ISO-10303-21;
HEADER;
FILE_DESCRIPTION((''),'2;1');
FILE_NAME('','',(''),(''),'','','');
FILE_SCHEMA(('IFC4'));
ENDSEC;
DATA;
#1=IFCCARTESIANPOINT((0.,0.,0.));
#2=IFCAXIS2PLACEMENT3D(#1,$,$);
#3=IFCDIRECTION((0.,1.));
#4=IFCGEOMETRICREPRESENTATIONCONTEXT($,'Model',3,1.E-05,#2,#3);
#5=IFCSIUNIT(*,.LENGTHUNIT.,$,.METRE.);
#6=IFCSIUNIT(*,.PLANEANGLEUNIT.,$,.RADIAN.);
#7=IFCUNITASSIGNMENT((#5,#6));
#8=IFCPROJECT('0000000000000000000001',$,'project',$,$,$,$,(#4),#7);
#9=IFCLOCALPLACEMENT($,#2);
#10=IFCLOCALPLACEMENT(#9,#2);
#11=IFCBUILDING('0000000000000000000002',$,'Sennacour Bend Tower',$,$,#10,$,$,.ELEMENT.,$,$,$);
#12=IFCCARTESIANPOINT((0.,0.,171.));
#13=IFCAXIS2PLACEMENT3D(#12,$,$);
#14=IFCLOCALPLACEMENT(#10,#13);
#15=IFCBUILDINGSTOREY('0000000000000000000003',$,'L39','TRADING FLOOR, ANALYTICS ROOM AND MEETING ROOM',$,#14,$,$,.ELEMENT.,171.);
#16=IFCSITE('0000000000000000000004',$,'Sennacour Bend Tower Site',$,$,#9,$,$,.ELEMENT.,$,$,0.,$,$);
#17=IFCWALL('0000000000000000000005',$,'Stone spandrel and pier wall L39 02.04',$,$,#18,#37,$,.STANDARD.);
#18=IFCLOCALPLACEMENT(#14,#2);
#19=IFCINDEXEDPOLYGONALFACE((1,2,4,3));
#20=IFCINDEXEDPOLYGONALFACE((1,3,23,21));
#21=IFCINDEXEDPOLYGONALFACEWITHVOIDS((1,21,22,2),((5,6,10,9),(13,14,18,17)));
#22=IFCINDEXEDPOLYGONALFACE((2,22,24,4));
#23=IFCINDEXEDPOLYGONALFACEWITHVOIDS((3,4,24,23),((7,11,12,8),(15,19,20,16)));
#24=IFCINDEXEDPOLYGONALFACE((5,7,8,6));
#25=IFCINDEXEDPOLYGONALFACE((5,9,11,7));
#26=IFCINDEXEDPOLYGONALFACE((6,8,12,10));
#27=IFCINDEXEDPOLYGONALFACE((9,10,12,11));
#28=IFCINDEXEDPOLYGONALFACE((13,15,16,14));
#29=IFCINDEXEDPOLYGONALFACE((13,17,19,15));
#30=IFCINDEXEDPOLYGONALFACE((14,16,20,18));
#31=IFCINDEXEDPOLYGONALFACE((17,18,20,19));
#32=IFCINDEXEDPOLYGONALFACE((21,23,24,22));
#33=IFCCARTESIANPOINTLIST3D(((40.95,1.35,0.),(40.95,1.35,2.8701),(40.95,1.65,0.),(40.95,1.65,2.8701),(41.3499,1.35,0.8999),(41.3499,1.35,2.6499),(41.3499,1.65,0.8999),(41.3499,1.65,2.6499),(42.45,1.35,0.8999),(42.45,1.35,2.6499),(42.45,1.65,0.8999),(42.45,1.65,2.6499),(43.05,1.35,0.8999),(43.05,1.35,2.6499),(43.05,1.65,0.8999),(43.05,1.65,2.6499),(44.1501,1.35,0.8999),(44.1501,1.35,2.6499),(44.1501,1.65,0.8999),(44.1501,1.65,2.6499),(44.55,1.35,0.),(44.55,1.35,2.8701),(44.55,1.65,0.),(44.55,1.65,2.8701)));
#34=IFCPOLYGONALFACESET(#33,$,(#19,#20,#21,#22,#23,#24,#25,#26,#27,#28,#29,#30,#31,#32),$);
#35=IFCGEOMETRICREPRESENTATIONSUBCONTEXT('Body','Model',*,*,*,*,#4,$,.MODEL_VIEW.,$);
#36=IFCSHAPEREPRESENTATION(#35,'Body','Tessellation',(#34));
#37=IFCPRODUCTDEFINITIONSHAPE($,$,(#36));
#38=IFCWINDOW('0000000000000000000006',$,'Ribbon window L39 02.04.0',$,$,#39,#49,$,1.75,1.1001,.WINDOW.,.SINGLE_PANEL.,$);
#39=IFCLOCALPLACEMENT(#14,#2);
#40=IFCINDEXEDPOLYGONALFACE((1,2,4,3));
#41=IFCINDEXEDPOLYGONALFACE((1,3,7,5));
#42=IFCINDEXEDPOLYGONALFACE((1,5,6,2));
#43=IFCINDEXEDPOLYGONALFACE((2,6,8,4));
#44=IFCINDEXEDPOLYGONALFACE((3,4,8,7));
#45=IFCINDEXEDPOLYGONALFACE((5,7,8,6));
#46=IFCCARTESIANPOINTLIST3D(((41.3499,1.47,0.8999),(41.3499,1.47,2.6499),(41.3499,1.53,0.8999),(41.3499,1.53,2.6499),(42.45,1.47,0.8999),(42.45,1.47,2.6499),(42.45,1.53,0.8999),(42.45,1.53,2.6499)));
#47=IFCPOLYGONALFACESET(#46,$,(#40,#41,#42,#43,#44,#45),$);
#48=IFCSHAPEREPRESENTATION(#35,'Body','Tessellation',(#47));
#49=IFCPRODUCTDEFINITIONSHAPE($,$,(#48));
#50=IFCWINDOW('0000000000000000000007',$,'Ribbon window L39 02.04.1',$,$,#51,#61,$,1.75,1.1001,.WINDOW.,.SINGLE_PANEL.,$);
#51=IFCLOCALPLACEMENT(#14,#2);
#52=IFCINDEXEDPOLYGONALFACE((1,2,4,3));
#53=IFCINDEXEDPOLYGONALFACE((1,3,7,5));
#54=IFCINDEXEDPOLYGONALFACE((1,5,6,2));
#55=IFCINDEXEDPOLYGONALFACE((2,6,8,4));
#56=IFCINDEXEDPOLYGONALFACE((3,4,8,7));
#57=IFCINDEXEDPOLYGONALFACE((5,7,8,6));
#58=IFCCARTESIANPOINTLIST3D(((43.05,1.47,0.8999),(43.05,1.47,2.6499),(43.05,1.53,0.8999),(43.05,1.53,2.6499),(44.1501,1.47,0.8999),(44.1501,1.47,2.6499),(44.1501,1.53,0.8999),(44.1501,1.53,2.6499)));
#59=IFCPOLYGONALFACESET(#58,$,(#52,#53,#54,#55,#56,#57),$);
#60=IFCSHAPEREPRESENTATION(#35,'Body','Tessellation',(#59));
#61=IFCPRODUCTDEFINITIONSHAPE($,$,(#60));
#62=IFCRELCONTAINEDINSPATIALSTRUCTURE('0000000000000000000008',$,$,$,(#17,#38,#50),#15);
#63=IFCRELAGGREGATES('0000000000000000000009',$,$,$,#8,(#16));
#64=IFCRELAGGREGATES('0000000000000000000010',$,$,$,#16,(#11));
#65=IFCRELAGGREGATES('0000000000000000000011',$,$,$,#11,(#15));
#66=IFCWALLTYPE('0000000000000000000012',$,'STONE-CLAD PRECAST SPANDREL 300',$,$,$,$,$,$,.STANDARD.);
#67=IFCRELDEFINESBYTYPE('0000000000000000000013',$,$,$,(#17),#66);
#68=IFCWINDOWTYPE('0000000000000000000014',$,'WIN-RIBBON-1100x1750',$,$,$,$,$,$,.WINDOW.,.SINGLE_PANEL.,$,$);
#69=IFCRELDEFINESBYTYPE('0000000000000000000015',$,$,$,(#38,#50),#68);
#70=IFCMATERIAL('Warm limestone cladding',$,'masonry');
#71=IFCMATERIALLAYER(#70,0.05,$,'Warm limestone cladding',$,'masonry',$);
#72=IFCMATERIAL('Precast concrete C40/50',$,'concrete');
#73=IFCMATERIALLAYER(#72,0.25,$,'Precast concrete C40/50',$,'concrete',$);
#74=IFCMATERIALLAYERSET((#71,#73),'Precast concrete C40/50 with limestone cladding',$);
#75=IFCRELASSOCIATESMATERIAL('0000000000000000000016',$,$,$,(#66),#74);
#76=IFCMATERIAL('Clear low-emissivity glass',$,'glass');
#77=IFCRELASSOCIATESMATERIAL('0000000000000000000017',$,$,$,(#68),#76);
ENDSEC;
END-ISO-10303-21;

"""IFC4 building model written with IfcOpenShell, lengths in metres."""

from ifc_helpers import new_model, si_unit, direction, frame, frame_2d, origin, place, context, subcontext, project, spatial, rectangle, extrude, material, layer, layer_set, type_object, element, fill, save


model = new_model("IFC4")

# Units and contexts
model_context = context("Model", 3, precision=1e-05, world=origin(), true_north=direction((0.0, 1.0)))
body_context = subcontext(model_context, "Body", "Model", "MODEL_VIEW")
ifc_project = project(units=[si_unit("LENGTHUNIT", "METRE"), si_unit("PLANEANGLEUNIT", "RADIAN")], contexts=[model_context])

# Site, building, storey
site_placement = place(None, origin())
site = spatial("IfcSite", under=ifc_project, at=site_placement, Name="Sennacour Bend Tower Site", CompositionType="ELEMENT", RefElevation=0.0)
building_placement = place(site_placement, origin())
building = spatial("IfcBuilding", under=site, at=building_placement, Name="Sennacour Bend Tower", CompositionType="ELEMENT")
storey_placement = place(building_placement, frame((0.0, 0.0, 171.0)))
storey = spatial("IfcBuildingStorey", under=building, at=storey_placement, Name="L39", Description="TRADING FLOOR, ANALYTICS ROOM AND MEETING ROOM", CompositionType="ELEMENT", Elevation=171.0)

# Wall, openings, windows
ifc_material_1 = material(Name="Warm limestone cladding", Category="masonry")
ifc_layer_1 = layer(ifc_material_1, 0.05, Name="Warm limestone cladding", Category="masonry")
ifc_material_2 = material(Name="Precast concrete C40/50", Category="concrete")
ifc_layer_2 = layer(ifc_material_2, 0.25, Name="Precast concrete C40/50", Category="concrete")
ifc_layer_set_1 = layer_set([ifc_layer_1, ifc_layer_2], Name="Precast concrete C40/50 with limestone cladding")
wall_type_1 = type_object("IfcWallType", Name="STONE-CLAD PRECAST SPANDREL 300", PredefinedType="STANDARD", material=ifc_layer_set_1)
ifc_material_3 = material(Name="Clear low-emissivity glass", Category="glass")
window_type = type_object("IfcWindowType", Name="WIN-RIBBON-1100x1750", PartitioningType="SINGLE_PANEL", PredefinedType="WINDOW", material=ifc_material_3)
wall_1_placement = place(storey_placement, frame((40.95, 1.5, 0.0), z_axis=(0.0, 0.0, 1.0), x_axis=(1.0, 0.0, 0.0)))
wall_1 = element("IfcWall", 1, at=wall_1_placement, inside=storey, type_object=wall_type_1, Name="Stone spandrel and pier wall L39 02.04", PredefinedType="STANDARD", context=body_context, shape_type="SweptSolid", body=[
    extrude(rectangle(XDim=3.6001, YDim=0.3, at=frame_2d((1.8, 0.0))), origin(), (0.0, 0.0, 1.0), 2.8701),
])
opening_1_placement = place(wall_1_placement, frame((0.3999, 0.0, 0.8999)))
opening_1 = element("IfcOpeningElement", 2, at=opening_1_placement, cuts=wall_1, PredefinedType="OPENING", context=body_context, shape_type="SweptSolid", body=[
    extrude(rectangle(XDim=1.1001, YDim=1.75, at=frame_2d((0.55, 0.875))), frame((0.0, 0.1602, 0.0), z_axis=(0.0, -1.0, 0.0), x_axis=(1.0, 0.0, 0.0)), (0.0, 0.0, 1.0), 0.3201),
])
opening_2_placement = place(wall_1_placement, frame((2.1001, 0.0, 0.8999)))
opening_2 = element("IfcOpeningElement", 3, at=opening_2_placement, cuts=wall_1, PredefinedType="OPENING", context=body_context, shape_type="SweptSolid", body=[
    extrude(rectangle(XDim=1.1001, YDim=1.75, at=frame_2d((0.55, 0.875))), frame((0.0, 0.1602, 0.0), z_axis=(0.0, -1.0, 0.0), x_axis=(1.0, 0.0, 0.0)), (0.0, 0.0, 1.0), 0.3201),
])
window_1_placement = place(opening_1_placement, origin())
window_1 = element("IfcWindow", 4, at=window_1_placement, inside=storey, type_object=window_type, Name="Ribbon window L39 02.04.0", OverallHeight=1.75, OverallWidth=1.1001, PartitioningType="SINGLE_PANEL", PredefinedType="WINDOW", context=body_context, shape_type="SweptSolid", body=[
    extrude(rectangle(XDim=1.1001, YDim=1.75, at=frame_2d((0.55, 0.875))), frame((0.0, 0.03, 0.0), z_axis=(0.0, -1.0, 0.0), x_axis=(1.0, 0.0, 0.0)), (0.0, 0.0, 1.0), 0.0601),
])
fill(opening_1, window_1)
window_2_placement = place(opening_2_placement, origin())
window_2 = element("IfcWindow", 5, at=window_2_placement, inside=storey, type_object=window_type, Name="Ribbon window L39 02.04.1", OverallHeight=1.75, OverallWidth=1.1001, PartitioningType="SINGLE_PANEL", PredefinedType="WINDOW", context=body_context, shape_type="SweptSolid", body=[
    extrude(rectangle(XDim=1.1001, YDim=1.75, at=frame_2d((0.55, 0.875))), frame((0.0, 0.03, 0.0), z_axis=(0.0, -1.0, 0.0), x_axis=(1.0, 0.0, 0.0)), (0.0, 0.0, 1.0), 0.0601),
])
fill(opening_2, window_2)

save(model, "model.ifc")
